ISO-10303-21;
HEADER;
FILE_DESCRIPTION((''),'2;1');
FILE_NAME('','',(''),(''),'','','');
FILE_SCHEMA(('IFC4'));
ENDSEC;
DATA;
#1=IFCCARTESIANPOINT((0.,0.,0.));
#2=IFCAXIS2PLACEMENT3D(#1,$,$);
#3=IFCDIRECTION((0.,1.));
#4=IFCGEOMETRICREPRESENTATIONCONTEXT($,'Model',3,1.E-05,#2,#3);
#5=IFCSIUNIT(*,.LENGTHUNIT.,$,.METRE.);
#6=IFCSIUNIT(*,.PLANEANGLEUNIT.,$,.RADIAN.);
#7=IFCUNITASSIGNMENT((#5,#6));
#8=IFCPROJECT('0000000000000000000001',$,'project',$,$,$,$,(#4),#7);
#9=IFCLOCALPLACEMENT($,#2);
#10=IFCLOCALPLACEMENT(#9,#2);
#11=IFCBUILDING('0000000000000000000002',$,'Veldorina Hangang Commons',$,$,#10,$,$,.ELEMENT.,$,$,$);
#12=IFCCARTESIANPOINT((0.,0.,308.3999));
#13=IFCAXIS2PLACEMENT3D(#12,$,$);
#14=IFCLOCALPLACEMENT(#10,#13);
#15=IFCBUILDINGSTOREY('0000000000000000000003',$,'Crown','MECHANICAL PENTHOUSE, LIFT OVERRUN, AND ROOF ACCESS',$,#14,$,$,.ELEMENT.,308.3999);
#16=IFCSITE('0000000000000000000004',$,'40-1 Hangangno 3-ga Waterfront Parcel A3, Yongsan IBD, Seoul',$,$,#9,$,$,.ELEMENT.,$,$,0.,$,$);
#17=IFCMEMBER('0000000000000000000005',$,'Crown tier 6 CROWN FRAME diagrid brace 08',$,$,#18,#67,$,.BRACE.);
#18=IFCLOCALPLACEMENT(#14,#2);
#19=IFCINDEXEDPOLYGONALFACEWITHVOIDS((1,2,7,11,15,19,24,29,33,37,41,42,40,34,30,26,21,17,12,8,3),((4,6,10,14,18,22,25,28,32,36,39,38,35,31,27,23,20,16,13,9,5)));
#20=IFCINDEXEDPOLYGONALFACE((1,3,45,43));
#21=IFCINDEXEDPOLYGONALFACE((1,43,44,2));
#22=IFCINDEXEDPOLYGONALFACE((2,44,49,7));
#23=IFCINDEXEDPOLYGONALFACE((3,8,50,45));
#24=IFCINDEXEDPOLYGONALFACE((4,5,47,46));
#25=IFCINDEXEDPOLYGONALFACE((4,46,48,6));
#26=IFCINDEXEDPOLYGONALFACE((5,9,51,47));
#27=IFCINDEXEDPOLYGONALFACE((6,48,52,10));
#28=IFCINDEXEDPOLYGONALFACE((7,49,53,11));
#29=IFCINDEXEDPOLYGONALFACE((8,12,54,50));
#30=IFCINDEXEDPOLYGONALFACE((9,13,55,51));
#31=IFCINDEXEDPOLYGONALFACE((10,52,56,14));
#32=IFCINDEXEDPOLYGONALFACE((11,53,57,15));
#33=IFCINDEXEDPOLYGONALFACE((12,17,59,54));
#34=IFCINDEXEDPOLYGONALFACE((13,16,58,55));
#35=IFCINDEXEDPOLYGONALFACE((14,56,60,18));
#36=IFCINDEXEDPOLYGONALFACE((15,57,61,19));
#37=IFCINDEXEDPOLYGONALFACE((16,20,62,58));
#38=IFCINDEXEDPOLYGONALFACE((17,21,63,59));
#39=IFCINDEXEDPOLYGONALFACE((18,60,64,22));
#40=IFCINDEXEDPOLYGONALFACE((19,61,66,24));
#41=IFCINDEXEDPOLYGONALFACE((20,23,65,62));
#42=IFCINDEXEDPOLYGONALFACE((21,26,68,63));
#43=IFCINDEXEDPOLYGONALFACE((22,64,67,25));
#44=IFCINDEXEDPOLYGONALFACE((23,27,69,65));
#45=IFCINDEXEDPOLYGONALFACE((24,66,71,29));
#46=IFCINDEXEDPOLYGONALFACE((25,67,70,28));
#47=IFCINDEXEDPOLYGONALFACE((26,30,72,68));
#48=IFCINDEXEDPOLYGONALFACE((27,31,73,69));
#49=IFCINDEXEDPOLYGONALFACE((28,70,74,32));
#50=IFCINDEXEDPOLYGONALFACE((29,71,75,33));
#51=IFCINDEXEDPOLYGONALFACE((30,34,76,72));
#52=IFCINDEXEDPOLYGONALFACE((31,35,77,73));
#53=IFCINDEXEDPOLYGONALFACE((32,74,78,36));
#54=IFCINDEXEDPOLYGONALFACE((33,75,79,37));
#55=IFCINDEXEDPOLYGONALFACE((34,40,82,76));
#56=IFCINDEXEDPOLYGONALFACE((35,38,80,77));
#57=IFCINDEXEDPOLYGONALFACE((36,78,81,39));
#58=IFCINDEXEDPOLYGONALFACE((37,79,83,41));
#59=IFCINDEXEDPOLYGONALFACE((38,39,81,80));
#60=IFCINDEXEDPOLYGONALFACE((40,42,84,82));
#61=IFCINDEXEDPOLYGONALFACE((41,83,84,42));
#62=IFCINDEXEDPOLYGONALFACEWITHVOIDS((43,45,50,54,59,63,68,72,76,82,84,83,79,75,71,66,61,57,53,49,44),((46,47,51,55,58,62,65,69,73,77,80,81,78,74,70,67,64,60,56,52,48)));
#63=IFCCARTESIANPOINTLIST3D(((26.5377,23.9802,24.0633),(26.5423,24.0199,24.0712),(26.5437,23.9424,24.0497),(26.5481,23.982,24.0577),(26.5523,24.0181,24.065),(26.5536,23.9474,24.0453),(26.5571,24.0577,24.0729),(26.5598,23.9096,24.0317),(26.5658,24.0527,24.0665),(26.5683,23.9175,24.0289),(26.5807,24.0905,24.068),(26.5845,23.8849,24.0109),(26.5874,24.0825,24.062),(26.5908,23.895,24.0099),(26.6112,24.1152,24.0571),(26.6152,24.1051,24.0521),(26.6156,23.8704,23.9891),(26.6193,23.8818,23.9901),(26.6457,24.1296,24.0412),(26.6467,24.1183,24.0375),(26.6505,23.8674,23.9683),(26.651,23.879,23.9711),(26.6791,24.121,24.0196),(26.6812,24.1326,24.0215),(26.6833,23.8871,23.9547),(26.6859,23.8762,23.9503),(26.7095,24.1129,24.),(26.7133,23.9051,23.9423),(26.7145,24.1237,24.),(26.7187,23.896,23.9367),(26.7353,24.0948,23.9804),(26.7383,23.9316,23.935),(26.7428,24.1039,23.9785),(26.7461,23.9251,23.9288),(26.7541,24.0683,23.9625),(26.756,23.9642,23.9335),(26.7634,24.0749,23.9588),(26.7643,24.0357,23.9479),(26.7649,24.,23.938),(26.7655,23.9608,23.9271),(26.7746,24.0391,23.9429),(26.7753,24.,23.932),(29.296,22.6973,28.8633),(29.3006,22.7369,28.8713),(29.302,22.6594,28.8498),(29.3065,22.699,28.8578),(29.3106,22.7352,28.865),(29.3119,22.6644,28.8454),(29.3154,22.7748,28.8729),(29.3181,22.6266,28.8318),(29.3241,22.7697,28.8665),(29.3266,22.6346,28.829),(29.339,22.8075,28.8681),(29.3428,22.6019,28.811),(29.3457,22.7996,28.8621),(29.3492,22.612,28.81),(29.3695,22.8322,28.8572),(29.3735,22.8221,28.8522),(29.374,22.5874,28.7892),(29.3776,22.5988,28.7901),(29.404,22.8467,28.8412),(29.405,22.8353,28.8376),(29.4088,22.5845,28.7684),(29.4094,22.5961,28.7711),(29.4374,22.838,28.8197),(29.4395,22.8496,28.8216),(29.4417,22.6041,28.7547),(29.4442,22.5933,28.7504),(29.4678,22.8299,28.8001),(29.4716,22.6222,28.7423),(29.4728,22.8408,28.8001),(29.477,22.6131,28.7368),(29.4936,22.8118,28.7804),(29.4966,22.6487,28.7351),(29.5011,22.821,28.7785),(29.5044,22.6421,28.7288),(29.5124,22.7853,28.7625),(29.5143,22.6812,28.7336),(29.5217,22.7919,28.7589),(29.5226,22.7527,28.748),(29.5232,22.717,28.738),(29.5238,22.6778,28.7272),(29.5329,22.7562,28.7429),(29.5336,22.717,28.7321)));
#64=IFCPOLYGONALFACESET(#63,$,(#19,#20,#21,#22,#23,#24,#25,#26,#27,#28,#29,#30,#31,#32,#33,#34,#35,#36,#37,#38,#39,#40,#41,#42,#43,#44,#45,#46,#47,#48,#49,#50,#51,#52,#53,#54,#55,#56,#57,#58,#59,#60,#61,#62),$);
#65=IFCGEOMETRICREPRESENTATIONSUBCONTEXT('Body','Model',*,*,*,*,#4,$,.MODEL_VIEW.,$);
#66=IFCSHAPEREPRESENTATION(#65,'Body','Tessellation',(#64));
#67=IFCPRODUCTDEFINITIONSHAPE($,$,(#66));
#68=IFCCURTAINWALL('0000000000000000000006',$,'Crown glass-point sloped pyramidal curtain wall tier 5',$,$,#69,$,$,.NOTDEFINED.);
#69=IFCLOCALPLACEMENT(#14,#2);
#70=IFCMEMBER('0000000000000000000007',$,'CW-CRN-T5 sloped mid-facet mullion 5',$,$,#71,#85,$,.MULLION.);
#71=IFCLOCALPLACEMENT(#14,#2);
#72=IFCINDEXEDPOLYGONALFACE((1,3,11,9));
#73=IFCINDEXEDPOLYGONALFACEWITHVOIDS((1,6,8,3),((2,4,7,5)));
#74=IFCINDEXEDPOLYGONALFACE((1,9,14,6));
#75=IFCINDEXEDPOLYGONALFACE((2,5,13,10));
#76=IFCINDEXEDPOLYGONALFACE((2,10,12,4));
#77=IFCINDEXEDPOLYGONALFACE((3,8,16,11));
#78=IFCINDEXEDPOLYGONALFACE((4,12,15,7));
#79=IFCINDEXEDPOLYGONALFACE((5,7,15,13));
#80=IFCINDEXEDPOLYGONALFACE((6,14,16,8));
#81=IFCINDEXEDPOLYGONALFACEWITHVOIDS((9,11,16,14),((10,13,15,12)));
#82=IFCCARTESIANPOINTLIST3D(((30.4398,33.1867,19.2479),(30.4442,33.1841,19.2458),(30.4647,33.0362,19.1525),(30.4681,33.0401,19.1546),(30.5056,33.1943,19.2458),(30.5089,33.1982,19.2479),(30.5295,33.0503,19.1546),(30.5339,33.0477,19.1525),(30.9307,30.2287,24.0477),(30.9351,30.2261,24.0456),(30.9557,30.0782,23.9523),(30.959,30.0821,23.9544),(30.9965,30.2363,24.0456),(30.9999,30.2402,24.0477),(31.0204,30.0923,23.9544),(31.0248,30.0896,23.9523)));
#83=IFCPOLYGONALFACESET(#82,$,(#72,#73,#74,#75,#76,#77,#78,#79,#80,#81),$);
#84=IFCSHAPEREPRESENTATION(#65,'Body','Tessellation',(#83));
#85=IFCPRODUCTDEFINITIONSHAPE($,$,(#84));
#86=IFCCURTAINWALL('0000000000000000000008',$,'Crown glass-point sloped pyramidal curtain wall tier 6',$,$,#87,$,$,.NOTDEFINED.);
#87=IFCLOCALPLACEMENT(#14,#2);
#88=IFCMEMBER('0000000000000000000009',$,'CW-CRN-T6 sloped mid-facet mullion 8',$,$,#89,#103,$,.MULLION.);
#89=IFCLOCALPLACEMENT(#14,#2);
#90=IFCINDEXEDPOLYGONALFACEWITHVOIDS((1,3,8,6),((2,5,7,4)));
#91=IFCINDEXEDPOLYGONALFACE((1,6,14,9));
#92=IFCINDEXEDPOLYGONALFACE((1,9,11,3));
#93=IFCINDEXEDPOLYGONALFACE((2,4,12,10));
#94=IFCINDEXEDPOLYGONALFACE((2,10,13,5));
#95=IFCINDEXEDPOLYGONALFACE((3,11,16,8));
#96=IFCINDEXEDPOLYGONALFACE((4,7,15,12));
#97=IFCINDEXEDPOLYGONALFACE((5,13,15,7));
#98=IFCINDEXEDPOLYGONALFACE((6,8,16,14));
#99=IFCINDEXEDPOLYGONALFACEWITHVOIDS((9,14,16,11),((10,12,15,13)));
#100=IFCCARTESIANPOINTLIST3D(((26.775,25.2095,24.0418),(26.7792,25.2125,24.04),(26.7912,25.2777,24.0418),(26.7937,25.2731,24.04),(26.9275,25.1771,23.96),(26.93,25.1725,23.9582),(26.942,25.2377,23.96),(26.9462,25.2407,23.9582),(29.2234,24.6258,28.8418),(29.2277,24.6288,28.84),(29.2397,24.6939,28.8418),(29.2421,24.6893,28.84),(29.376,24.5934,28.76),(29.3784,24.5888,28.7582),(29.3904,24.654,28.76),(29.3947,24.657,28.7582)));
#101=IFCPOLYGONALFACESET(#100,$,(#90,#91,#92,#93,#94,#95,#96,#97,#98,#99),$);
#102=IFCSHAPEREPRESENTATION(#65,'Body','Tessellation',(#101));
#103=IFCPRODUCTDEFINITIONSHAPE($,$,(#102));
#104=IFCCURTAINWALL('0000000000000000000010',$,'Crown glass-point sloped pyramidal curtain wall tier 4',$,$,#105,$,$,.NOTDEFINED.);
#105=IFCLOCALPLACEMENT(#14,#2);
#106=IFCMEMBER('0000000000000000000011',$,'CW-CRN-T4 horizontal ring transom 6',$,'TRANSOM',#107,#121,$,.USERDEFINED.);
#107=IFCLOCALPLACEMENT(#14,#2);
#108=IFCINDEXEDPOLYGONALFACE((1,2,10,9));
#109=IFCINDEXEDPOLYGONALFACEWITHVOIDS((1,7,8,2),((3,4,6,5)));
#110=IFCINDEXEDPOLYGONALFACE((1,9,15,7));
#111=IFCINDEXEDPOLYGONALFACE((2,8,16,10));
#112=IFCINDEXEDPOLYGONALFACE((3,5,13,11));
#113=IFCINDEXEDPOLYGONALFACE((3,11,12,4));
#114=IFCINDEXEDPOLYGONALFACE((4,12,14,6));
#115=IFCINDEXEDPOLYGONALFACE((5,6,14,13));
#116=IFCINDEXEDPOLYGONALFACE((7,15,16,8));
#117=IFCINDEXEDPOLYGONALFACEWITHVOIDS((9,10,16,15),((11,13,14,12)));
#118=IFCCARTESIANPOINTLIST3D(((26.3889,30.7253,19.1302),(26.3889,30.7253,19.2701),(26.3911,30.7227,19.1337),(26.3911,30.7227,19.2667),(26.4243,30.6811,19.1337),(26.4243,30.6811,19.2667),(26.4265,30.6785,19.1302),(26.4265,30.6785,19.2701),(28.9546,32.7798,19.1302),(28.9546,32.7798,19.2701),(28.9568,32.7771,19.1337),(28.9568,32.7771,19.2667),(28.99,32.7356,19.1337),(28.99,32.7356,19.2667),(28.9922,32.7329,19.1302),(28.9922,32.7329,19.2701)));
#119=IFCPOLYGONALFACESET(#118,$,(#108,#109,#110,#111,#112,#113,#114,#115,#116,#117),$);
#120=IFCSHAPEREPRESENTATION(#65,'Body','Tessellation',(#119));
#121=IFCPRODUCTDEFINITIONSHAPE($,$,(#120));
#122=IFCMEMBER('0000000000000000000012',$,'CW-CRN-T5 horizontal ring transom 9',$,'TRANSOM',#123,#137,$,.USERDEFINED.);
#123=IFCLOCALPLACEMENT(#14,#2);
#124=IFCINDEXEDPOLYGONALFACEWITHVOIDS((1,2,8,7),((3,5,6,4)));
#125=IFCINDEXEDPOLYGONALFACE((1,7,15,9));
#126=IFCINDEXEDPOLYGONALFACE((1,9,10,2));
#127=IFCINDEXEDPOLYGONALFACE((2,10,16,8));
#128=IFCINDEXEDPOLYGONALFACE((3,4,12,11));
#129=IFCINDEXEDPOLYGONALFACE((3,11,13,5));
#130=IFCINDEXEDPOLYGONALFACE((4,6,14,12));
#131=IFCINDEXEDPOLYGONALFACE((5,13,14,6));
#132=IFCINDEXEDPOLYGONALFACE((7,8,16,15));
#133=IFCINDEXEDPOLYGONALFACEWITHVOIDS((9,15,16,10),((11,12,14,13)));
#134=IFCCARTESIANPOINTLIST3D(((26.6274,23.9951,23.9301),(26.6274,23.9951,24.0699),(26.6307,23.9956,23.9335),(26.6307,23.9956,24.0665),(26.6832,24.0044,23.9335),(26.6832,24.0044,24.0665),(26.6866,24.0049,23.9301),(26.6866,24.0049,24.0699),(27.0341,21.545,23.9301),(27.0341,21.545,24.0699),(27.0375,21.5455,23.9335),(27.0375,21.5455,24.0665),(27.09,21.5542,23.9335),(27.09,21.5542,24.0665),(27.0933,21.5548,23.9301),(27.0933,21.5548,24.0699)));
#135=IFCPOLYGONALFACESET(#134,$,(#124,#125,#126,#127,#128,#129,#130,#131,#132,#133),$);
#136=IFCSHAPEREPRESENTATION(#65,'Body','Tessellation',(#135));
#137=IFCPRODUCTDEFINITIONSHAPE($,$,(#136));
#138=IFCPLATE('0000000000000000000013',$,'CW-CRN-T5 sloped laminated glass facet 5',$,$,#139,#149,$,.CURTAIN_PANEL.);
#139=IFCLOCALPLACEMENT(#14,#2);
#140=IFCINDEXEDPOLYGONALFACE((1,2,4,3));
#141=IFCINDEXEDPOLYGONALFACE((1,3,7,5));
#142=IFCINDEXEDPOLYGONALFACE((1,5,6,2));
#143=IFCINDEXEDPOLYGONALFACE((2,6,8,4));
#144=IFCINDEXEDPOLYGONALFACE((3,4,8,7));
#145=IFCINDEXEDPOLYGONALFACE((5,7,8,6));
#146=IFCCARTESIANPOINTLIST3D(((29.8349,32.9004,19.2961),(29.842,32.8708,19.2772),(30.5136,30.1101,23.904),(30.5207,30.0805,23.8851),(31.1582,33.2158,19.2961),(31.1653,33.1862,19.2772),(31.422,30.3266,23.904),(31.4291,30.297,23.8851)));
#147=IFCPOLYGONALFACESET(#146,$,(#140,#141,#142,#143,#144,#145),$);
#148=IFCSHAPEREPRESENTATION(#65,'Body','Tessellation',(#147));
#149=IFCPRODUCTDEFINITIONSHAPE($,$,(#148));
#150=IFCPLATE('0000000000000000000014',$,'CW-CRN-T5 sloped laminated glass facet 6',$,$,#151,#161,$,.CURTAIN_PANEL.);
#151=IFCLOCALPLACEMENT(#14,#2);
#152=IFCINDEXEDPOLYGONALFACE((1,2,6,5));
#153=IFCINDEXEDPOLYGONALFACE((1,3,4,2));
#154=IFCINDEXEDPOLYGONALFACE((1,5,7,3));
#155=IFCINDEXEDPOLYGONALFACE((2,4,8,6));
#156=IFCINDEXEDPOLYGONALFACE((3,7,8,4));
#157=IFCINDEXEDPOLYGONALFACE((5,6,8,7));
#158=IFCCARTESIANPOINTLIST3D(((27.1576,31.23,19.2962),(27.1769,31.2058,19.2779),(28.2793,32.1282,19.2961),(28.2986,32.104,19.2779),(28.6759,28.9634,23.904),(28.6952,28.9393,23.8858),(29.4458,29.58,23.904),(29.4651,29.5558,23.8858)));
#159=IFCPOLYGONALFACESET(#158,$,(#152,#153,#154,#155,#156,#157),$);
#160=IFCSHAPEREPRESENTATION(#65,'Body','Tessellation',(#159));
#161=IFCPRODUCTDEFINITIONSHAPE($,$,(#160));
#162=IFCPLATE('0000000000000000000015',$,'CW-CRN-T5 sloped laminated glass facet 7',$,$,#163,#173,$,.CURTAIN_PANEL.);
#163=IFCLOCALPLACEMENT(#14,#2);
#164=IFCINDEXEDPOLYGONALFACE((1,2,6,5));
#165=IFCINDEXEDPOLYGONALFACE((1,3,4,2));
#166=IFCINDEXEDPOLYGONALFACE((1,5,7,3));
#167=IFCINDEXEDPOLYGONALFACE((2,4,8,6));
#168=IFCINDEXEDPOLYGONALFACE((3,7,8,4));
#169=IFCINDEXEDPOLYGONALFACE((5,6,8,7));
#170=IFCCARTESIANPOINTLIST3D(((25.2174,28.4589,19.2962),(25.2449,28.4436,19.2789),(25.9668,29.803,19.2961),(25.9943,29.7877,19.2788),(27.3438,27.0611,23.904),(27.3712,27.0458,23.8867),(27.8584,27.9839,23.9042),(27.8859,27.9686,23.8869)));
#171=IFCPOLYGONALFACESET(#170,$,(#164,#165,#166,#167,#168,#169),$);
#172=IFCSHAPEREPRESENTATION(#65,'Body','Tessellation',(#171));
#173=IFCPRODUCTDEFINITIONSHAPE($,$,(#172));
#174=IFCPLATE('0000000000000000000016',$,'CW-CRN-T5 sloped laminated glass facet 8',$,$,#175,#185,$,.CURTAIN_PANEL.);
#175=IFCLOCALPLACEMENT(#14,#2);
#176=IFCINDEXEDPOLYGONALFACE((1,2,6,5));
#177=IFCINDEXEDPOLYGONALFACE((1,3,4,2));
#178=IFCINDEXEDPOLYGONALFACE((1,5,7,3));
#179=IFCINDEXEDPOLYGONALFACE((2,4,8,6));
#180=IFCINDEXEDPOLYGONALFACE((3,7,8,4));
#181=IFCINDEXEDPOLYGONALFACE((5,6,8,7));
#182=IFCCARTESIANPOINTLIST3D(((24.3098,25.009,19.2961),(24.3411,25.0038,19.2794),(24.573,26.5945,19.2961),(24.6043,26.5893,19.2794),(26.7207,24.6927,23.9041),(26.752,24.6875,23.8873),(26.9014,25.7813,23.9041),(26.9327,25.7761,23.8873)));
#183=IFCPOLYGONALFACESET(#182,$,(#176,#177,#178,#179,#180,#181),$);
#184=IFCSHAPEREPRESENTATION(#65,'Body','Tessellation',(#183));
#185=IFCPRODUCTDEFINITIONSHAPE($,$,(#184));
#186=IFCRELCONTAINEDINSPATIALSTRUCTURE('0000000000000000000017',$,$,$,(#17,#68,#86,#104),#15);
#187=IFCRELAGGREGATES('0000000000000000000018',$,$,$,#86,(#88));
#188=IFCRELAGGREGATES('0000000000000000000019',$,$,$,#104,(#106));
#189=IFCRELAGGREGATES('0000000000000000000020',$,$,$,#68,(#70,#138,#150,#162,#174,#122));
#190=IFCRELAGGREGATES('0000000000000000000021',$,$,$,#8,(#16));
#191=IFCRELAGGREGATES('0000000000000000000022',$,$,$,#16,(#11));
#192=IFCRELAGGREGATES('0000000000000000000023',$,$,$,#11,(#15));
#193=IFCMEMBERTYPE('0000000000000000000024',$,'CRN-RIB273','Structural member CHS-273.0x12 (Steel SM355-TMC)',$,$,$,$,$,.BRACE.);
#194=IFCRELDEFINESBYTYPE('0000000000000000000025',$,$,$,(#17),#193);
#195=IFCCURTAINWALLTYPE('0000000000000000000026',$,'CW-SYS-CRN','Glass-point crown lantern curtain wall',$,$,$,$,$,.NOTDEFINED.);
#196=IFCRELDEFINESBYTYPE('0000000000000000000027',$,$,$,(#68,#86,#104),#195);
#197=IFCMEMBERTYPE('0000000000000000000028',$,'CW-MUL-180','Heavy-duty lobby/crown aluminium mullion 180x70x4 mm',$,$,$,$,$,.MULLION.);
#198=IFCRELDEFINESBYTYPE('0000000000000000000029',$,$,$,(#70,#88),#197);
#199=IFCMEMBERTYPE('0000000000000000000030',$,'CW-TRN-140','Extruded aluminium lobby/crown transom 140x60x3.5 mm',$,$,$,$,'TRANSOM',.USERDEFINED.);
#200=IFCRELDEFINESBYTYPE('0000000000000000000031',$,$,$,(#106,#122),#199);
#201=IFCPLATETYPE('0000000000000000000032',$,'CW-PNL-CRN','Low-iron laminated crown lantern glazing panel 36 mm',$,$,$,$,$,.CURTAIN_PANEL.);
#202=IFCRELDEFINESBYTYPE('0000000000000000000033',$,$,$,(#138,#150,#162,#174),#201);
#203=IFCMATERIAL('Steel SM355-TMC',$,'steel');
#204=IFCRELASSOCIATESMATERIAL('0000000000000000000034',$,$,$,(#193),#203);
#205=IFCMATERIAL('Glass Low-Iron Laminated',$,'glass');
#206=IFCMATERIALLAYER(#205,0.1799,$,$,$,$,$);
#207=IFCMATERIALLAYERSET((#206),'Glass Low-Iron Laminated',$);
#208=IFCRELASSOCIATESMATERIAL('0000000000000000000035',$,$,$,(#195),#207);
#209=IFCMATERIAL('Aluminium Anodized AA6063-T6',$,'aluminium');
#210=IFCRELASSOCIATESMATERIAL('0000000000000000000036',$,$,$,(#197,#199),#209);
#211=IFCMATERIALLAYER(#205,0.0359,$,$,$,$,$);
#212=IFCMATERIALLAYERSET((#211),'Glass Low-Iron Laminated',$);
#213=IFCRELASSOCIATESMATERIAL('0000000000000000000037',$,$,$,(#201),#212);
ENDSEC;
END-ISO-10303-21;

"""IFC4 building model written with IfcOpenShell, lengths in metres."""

from ifc_helpers import new_model, si_unit, direction, frame, origin, origin_2d, place, context, subcontext, project, spatial, polyline, hollow_rectangle, hollow_circle, outline, extrude, material, layer, layer_set, material_profile, profile_set, type_object, element, aggregate, save


model = new_model("IFC4")

# Units and contexts
model_context = context("Model", 3, precision=1e-05, world=origin(), true_north=direction((0.0, 1.0)))
body_context = subcontext(model_context, "Body", "Model", "MODEL_VIEW")
ifc_project = project(units=[si_unit("LENGTHUNIT", "METRE"), si_unit("PLANEANGLEUNIT", "RADIAN")], contexts=[model_context])

# Site, building, storey
site_placement = place(None, origin())
site = spatial("IfcSite", under=ifc_project, at=site_placement, Name="40-1 Hangangno 3-ga Waterfront Parcel A3, Yongsan IBD, Seoul", CompositionType="ELEMENT", RefElevation=0.0)
building_placement = place(site_placement, origin())
building = spatial("IfcBuilding", under=site, at=building_placement, Name="Veldorina Hangang Commons", CompositionType="ELEMENT")
storey_placement = place(building_placement, frame((0.0, 0.0, 308.3999)))
storey = spatial("IfcBuildingStorey", under=building, at=storey_placement, Name="Crown", Description="MECHANICAL PENTHOUSE, LIFT OVERRUN, AND ROOF ACCESS", CompositionType="ELEMENT", Elevation=308.3999)

# Member
ifc_material_1 = material(Name="Steel SM355-TMC", Category="steel")
ifc_material_profile_1 = material_profile(ifc_material_1, hollow_circle(Radius=0.1365, WallThickness=0.012, at=origin_2d()), Name="CHS-273.0x12")
ifc_profile_set_1 = profile_set([ifc_material_profile_1], Name="Steel SM355-TMC")
member_type_1 = type_object("IfcMemberType", Name="CRN-RIB273", Description="Structural member CHS-273.0x12 (Steel SM355-TMC)", PredefinedType="BRACE", material=ifc_profile_set_1)
member_1_placement = place(storey_placement, frame((26.657, 24.0, 24.0), z_axis=(0.485374, -0.22576, 0.844657), x_axis=(0.421738, 0.906718, 0.0)))
element("IfcMember", 1, at=member_1_placement, inside=storey, type_object=member_type_1, Name="Crown tier 6 CROWN FRAME diagrid brace 08", PredefinedType="BRACE", context=body_context, shape_type="SweptSolid", body=[
    extrude(hollow_circle(Radius=0.1365, WallThickness=0.012, at=origin_2d()), origin(), (0.0, 0.0, 1.0), 5.6829),
])

# Curtain walls, members
ifc_material_2 = material(Name="Glass Low-Iron Laminated", Category="glass")
ifc_layer_1 = layer(ifc_material_2, 0.1799)
ifc_layer_set_1 = layer_set([ifc_layer_1], Name="Glass Low-Iron Laminated")
curtain_wall_type = type_object("IfcCurtainWallType", Name="CW-SYS-CRN", Description="Glass-point crown lantern curtain wall", PredefinedType="NOTDEFINED", material=ifc_layer_set_1)
curtain_wall_1_placement = place(storey_placement, origin())
curtain_wall_1 = element("IfcCurtainWall", 2, at=curtain_wall_1_placement, inside=storey, type_object=curtain_wall_type, Name="Crown glass-point sloped pyramidal curtain wall tier 5", PredefinedType="NOTDEFINED")
ifc_material_3 = material(Name="Aluminium Anodized AA6063-T6", Category="aluminium")
ifc_material_profile_2 = material_profile(ifc_material_3, hollow_rectangle(XDim=0.0701, YDim=0.1799, WallThickness=0.0039, at=origin_2d()), Name="ALU-RHS-180x70x4")
ifc_profile_set_2 = profile_set([ifc_material_profile_2], Name="Aluminium Anodized AA6063-T6")
member_type_2 = type_object("IfcMemberType", Name="CW-MUL-180", Description="Heavy-duty lobby/crown aluminium mullion 180x70x4 mm", PredefinedType="MULLION", material=ifc_profile_set_2)
member_2_placement = place(storey_placement, frame((30.4868, 33.1172, 19.2002), z_axis=(0.086752, -0.52267, 0.84811), x_axis=(0.986504, 0.163739, 0.0)))
member_2 = element("IfcMember", 3, at=member_2_placement, type_object=member_type_2, Name="CW-CRN-T5 sloped mid-facet mullion 5", PredefinedType="MULLION", context=body_context, shape_type="SweptSolid", body=[
    extrude(hollow_rectangle(XDim=0.0701, YDim=0.1799, WallThickness=0.0039, at=origin_2d()), origin(), (0.0, 0.0, 1.0), 5.6594),
])
curtain_wall_2_placement = place(storey_placement, origin())
curtain_wall_2 = element("IfcCurtainWall", 4, at=curtain_wall_2_placement, inside=storey, type_object=curtain_wall_type, Name="Crown glass-point sloped pyramidal curtain wall tier 6", PredefinedType="NOTDEFINED")
member_3_placement = place(storey_placement, frame((26.8606, 25.2251, 24.0), z_axis=(0.451751, -0.107701, 0.885619), x_axis=(0.231909, 0.972737, 0.0)))
member_3 = element("IfcMember", 5, at=member_3_placement, type_object=member_type_2, Name="CW-CRN-T6 sloped mid-facet mullion 8", PredefinedType="MULLION", context=body_context, shape_type="SweptSolid", body=[
    extrude(hollow_rectangle(XDim=0.0701, YDim=0.1799, WallThickness=0.0039, at=origin_2d()), origin(), (0.0, 0.0, 1.0), 5.4199),
])
aggregate(curtain_wall_2, [member_3])
curtain_wall_3_placement = place(storey_placement, origin())
curtain_wall_3 = element("IfcCurtainWall", 6, at=curtain_wall_3_placement, inside=storey, type_object=curtain_wall_type, Name="Crown glass-point sloped pyramidal curtain wall tier 4", PredefinedType="NOTDEFINED")
ifc_material_profile_3 = material_profile(ifc_material_3, hollow_rectangle(XDim=0.0601, YDim=0.1399, WallThickness=0.0034, at=origin_2d()), Name="ALU-RHS-140x60x3.5")
ifc_profile_set_3 = profile_set([ifc_material_profile_3], Name="Aluminium Anodized AA6063-T6")
member_type_3 = type_object("IfcMemberType", Name="CW-TRN-140", Description="Extruded aluminium lobby/crown transom 140x60x3.5 mm", ElementType="TRANSOM", PredefinedType="USERDEFINED", material=ifc_profile_set_3)
member_4_placement = place(storey_placement, frame((28.9734, 32.7563, 19.2002), z_axis=(-0.780586, -0.625048, 0.0), x_axis=(0.625048, -0.780586, 0.0)))
member_4 = element("IfcMember", 7, at=member_4_placement, type_object=member_type_3, Name="CW-CRN-T4 horizontal ring transom 6", ObjectType="TRANSOM", PredefinedType="USERDEFINED", context=body_context, shape_type="SweptSolid", body=[
    extrude(hollow_rectangle(XDim=0.0601, YDim=0.1399, WallThickness=0.0034, at=origin_2d()), origin(), (0.0, 0.0, 1.0), 3.2869),
])
aggregate(curtain_wall_3, [member_4])

# Member
member_5_placement = place(storey_placement, frame((26.657, 24.0, 24.0), z_axis=(0.163761, -0.9865, 0.0), x_axis=(0.9865, 0.163761, 0.0)))
member_5 = element("IfcMember", 8, at=member_5_placement, type_object=member_type_3, Name="CW-CRN-T5 horizontal ring transom 9", ObjectType="TRANSOM", PredefinedType="USERDEFINED", context=body_context, shape_type="SweptSolid", body=[
    extrude(hollow_rectangle(XDim=0.0601, YDim=0.1399, WallThickness=0.0034, at=origin_2d()), origin(), (0.0, 0.0, 1.0), 2.4836),
])

# Plates
ifc_layer_2 = layer(ifc_material_2, 0.0359)
ifc_layer_set_2 = layer_set([ifc_layer_2], Name="Glass Low-Iron Laminated")
plate_type_1 = type_object("IfcPlateType", Name="CW-PNL-CRN", Description="Low-iron laminated crown lantern glazing panel 36 mm", PredefinedType="CURTAIN_PANEL", material=ifc_layer_set_2)
plate_1_placement = place(storey_placement, frame((31.1582, 33.2158, 19.2961), z_axis=(-0.196793, 0.825556, 0.528895), x_axis=(-0.972745, -0.231879, 0.0)))
plate_1 = element("IfcPlate", 9, at=plate_1_placement, type_object=plate_type_1, Name="CW-CRN-T5 sloped laminated glass facet 5", PredefinedType="CURTAIN_PANEL", context=body_context, shape_type="SweptSolid", body=[
    extrude(outline(polyline([(0.0, 0.0), (1.3604, 0.0), (1.3472, 5.4294), (0.4133, 5.4294), (0.0, 0.0)])), origin(), (0.0, 0.0, -1.0), 0.0359),
])
plate_2_placement = place(storey_placement, frame((28.2793, 32.1282, 19.2961), z_axis=(-0.538349, 0.672329, 0.508089), x_axis=(-0.780583, -0.625052, 0.000028)))
plate_2 = element("IfcPlate", 10, at=plate_2_placement, type_object=plate_type_1, Name="CW-CRN-T5 sloped laminated glass facet 6", PredefinedType="CURTAIN_PANEL", context=body_context, shape_type="SweptSolid", body=[
    extrude(outline(polyline([(0.0, 0.0), (1.437, 0.0), (1.6687, 5.3499), (0.6824, 5.3499), (0.0, 0.0)])), origin(), (0.0, 0.0, -1.0), 0.0359),
])
plate_3_placement = place(storey_placement, frame((25.9668, 29.803, 19.2961), z_axis=(-0.765045, 0.426563, 0.482441), x_axis=(-0.486973, -0.873417, 0.000023)))
plate_3 = element("IfcPlate", 11, at=plate_3_placement, type_object=plate_type_1, Name="CW-CRN-T5 sloped laminated glass facet 7", PredefinedType="CURTAIN_PANEL", context=body_context, shape_type="SweptSolid", body=[
    extrude(outline(polyline([(0.0, 0.0), (1.5388, 0.0), (1.7244, 5.2605), (0.6677, 5.2607), (0.0, 0.0)])), origin(), (0.0, 0.0, -1.0), 0.0359),
])
plate_4_placement = place(storey_placement, frame((24.573, 26.5945, 19.2961), z_axis=(-0.872591, 0.144834, 0.466485), x_axis=(-0.163745, -0.986503, -0.000007)))
plate_4 = element("IfcPlate", 12, at=plate_4_placement, type_object=plate_type_1, Name="CW-CRN-T5 sloped laminated glass facet 8", PredefinedType="CURTAIN_PANEL", context=body_context, shape_type="SweptSolid", body=[
    extrude(outline(polyline([(0.0, 0.0), (1.6072, 0.0), (1.5244, 5.2095), (0.4209, 5.2095), (0.0, 0.0)])), origin(), (0.0, 0.0, -1.0), 0.0359),
])
aggregate(curtain_wall_1, [member_2, plate_1, plate_2, plate_3, plate_4, member_5])

save(model, "model.ifc")
